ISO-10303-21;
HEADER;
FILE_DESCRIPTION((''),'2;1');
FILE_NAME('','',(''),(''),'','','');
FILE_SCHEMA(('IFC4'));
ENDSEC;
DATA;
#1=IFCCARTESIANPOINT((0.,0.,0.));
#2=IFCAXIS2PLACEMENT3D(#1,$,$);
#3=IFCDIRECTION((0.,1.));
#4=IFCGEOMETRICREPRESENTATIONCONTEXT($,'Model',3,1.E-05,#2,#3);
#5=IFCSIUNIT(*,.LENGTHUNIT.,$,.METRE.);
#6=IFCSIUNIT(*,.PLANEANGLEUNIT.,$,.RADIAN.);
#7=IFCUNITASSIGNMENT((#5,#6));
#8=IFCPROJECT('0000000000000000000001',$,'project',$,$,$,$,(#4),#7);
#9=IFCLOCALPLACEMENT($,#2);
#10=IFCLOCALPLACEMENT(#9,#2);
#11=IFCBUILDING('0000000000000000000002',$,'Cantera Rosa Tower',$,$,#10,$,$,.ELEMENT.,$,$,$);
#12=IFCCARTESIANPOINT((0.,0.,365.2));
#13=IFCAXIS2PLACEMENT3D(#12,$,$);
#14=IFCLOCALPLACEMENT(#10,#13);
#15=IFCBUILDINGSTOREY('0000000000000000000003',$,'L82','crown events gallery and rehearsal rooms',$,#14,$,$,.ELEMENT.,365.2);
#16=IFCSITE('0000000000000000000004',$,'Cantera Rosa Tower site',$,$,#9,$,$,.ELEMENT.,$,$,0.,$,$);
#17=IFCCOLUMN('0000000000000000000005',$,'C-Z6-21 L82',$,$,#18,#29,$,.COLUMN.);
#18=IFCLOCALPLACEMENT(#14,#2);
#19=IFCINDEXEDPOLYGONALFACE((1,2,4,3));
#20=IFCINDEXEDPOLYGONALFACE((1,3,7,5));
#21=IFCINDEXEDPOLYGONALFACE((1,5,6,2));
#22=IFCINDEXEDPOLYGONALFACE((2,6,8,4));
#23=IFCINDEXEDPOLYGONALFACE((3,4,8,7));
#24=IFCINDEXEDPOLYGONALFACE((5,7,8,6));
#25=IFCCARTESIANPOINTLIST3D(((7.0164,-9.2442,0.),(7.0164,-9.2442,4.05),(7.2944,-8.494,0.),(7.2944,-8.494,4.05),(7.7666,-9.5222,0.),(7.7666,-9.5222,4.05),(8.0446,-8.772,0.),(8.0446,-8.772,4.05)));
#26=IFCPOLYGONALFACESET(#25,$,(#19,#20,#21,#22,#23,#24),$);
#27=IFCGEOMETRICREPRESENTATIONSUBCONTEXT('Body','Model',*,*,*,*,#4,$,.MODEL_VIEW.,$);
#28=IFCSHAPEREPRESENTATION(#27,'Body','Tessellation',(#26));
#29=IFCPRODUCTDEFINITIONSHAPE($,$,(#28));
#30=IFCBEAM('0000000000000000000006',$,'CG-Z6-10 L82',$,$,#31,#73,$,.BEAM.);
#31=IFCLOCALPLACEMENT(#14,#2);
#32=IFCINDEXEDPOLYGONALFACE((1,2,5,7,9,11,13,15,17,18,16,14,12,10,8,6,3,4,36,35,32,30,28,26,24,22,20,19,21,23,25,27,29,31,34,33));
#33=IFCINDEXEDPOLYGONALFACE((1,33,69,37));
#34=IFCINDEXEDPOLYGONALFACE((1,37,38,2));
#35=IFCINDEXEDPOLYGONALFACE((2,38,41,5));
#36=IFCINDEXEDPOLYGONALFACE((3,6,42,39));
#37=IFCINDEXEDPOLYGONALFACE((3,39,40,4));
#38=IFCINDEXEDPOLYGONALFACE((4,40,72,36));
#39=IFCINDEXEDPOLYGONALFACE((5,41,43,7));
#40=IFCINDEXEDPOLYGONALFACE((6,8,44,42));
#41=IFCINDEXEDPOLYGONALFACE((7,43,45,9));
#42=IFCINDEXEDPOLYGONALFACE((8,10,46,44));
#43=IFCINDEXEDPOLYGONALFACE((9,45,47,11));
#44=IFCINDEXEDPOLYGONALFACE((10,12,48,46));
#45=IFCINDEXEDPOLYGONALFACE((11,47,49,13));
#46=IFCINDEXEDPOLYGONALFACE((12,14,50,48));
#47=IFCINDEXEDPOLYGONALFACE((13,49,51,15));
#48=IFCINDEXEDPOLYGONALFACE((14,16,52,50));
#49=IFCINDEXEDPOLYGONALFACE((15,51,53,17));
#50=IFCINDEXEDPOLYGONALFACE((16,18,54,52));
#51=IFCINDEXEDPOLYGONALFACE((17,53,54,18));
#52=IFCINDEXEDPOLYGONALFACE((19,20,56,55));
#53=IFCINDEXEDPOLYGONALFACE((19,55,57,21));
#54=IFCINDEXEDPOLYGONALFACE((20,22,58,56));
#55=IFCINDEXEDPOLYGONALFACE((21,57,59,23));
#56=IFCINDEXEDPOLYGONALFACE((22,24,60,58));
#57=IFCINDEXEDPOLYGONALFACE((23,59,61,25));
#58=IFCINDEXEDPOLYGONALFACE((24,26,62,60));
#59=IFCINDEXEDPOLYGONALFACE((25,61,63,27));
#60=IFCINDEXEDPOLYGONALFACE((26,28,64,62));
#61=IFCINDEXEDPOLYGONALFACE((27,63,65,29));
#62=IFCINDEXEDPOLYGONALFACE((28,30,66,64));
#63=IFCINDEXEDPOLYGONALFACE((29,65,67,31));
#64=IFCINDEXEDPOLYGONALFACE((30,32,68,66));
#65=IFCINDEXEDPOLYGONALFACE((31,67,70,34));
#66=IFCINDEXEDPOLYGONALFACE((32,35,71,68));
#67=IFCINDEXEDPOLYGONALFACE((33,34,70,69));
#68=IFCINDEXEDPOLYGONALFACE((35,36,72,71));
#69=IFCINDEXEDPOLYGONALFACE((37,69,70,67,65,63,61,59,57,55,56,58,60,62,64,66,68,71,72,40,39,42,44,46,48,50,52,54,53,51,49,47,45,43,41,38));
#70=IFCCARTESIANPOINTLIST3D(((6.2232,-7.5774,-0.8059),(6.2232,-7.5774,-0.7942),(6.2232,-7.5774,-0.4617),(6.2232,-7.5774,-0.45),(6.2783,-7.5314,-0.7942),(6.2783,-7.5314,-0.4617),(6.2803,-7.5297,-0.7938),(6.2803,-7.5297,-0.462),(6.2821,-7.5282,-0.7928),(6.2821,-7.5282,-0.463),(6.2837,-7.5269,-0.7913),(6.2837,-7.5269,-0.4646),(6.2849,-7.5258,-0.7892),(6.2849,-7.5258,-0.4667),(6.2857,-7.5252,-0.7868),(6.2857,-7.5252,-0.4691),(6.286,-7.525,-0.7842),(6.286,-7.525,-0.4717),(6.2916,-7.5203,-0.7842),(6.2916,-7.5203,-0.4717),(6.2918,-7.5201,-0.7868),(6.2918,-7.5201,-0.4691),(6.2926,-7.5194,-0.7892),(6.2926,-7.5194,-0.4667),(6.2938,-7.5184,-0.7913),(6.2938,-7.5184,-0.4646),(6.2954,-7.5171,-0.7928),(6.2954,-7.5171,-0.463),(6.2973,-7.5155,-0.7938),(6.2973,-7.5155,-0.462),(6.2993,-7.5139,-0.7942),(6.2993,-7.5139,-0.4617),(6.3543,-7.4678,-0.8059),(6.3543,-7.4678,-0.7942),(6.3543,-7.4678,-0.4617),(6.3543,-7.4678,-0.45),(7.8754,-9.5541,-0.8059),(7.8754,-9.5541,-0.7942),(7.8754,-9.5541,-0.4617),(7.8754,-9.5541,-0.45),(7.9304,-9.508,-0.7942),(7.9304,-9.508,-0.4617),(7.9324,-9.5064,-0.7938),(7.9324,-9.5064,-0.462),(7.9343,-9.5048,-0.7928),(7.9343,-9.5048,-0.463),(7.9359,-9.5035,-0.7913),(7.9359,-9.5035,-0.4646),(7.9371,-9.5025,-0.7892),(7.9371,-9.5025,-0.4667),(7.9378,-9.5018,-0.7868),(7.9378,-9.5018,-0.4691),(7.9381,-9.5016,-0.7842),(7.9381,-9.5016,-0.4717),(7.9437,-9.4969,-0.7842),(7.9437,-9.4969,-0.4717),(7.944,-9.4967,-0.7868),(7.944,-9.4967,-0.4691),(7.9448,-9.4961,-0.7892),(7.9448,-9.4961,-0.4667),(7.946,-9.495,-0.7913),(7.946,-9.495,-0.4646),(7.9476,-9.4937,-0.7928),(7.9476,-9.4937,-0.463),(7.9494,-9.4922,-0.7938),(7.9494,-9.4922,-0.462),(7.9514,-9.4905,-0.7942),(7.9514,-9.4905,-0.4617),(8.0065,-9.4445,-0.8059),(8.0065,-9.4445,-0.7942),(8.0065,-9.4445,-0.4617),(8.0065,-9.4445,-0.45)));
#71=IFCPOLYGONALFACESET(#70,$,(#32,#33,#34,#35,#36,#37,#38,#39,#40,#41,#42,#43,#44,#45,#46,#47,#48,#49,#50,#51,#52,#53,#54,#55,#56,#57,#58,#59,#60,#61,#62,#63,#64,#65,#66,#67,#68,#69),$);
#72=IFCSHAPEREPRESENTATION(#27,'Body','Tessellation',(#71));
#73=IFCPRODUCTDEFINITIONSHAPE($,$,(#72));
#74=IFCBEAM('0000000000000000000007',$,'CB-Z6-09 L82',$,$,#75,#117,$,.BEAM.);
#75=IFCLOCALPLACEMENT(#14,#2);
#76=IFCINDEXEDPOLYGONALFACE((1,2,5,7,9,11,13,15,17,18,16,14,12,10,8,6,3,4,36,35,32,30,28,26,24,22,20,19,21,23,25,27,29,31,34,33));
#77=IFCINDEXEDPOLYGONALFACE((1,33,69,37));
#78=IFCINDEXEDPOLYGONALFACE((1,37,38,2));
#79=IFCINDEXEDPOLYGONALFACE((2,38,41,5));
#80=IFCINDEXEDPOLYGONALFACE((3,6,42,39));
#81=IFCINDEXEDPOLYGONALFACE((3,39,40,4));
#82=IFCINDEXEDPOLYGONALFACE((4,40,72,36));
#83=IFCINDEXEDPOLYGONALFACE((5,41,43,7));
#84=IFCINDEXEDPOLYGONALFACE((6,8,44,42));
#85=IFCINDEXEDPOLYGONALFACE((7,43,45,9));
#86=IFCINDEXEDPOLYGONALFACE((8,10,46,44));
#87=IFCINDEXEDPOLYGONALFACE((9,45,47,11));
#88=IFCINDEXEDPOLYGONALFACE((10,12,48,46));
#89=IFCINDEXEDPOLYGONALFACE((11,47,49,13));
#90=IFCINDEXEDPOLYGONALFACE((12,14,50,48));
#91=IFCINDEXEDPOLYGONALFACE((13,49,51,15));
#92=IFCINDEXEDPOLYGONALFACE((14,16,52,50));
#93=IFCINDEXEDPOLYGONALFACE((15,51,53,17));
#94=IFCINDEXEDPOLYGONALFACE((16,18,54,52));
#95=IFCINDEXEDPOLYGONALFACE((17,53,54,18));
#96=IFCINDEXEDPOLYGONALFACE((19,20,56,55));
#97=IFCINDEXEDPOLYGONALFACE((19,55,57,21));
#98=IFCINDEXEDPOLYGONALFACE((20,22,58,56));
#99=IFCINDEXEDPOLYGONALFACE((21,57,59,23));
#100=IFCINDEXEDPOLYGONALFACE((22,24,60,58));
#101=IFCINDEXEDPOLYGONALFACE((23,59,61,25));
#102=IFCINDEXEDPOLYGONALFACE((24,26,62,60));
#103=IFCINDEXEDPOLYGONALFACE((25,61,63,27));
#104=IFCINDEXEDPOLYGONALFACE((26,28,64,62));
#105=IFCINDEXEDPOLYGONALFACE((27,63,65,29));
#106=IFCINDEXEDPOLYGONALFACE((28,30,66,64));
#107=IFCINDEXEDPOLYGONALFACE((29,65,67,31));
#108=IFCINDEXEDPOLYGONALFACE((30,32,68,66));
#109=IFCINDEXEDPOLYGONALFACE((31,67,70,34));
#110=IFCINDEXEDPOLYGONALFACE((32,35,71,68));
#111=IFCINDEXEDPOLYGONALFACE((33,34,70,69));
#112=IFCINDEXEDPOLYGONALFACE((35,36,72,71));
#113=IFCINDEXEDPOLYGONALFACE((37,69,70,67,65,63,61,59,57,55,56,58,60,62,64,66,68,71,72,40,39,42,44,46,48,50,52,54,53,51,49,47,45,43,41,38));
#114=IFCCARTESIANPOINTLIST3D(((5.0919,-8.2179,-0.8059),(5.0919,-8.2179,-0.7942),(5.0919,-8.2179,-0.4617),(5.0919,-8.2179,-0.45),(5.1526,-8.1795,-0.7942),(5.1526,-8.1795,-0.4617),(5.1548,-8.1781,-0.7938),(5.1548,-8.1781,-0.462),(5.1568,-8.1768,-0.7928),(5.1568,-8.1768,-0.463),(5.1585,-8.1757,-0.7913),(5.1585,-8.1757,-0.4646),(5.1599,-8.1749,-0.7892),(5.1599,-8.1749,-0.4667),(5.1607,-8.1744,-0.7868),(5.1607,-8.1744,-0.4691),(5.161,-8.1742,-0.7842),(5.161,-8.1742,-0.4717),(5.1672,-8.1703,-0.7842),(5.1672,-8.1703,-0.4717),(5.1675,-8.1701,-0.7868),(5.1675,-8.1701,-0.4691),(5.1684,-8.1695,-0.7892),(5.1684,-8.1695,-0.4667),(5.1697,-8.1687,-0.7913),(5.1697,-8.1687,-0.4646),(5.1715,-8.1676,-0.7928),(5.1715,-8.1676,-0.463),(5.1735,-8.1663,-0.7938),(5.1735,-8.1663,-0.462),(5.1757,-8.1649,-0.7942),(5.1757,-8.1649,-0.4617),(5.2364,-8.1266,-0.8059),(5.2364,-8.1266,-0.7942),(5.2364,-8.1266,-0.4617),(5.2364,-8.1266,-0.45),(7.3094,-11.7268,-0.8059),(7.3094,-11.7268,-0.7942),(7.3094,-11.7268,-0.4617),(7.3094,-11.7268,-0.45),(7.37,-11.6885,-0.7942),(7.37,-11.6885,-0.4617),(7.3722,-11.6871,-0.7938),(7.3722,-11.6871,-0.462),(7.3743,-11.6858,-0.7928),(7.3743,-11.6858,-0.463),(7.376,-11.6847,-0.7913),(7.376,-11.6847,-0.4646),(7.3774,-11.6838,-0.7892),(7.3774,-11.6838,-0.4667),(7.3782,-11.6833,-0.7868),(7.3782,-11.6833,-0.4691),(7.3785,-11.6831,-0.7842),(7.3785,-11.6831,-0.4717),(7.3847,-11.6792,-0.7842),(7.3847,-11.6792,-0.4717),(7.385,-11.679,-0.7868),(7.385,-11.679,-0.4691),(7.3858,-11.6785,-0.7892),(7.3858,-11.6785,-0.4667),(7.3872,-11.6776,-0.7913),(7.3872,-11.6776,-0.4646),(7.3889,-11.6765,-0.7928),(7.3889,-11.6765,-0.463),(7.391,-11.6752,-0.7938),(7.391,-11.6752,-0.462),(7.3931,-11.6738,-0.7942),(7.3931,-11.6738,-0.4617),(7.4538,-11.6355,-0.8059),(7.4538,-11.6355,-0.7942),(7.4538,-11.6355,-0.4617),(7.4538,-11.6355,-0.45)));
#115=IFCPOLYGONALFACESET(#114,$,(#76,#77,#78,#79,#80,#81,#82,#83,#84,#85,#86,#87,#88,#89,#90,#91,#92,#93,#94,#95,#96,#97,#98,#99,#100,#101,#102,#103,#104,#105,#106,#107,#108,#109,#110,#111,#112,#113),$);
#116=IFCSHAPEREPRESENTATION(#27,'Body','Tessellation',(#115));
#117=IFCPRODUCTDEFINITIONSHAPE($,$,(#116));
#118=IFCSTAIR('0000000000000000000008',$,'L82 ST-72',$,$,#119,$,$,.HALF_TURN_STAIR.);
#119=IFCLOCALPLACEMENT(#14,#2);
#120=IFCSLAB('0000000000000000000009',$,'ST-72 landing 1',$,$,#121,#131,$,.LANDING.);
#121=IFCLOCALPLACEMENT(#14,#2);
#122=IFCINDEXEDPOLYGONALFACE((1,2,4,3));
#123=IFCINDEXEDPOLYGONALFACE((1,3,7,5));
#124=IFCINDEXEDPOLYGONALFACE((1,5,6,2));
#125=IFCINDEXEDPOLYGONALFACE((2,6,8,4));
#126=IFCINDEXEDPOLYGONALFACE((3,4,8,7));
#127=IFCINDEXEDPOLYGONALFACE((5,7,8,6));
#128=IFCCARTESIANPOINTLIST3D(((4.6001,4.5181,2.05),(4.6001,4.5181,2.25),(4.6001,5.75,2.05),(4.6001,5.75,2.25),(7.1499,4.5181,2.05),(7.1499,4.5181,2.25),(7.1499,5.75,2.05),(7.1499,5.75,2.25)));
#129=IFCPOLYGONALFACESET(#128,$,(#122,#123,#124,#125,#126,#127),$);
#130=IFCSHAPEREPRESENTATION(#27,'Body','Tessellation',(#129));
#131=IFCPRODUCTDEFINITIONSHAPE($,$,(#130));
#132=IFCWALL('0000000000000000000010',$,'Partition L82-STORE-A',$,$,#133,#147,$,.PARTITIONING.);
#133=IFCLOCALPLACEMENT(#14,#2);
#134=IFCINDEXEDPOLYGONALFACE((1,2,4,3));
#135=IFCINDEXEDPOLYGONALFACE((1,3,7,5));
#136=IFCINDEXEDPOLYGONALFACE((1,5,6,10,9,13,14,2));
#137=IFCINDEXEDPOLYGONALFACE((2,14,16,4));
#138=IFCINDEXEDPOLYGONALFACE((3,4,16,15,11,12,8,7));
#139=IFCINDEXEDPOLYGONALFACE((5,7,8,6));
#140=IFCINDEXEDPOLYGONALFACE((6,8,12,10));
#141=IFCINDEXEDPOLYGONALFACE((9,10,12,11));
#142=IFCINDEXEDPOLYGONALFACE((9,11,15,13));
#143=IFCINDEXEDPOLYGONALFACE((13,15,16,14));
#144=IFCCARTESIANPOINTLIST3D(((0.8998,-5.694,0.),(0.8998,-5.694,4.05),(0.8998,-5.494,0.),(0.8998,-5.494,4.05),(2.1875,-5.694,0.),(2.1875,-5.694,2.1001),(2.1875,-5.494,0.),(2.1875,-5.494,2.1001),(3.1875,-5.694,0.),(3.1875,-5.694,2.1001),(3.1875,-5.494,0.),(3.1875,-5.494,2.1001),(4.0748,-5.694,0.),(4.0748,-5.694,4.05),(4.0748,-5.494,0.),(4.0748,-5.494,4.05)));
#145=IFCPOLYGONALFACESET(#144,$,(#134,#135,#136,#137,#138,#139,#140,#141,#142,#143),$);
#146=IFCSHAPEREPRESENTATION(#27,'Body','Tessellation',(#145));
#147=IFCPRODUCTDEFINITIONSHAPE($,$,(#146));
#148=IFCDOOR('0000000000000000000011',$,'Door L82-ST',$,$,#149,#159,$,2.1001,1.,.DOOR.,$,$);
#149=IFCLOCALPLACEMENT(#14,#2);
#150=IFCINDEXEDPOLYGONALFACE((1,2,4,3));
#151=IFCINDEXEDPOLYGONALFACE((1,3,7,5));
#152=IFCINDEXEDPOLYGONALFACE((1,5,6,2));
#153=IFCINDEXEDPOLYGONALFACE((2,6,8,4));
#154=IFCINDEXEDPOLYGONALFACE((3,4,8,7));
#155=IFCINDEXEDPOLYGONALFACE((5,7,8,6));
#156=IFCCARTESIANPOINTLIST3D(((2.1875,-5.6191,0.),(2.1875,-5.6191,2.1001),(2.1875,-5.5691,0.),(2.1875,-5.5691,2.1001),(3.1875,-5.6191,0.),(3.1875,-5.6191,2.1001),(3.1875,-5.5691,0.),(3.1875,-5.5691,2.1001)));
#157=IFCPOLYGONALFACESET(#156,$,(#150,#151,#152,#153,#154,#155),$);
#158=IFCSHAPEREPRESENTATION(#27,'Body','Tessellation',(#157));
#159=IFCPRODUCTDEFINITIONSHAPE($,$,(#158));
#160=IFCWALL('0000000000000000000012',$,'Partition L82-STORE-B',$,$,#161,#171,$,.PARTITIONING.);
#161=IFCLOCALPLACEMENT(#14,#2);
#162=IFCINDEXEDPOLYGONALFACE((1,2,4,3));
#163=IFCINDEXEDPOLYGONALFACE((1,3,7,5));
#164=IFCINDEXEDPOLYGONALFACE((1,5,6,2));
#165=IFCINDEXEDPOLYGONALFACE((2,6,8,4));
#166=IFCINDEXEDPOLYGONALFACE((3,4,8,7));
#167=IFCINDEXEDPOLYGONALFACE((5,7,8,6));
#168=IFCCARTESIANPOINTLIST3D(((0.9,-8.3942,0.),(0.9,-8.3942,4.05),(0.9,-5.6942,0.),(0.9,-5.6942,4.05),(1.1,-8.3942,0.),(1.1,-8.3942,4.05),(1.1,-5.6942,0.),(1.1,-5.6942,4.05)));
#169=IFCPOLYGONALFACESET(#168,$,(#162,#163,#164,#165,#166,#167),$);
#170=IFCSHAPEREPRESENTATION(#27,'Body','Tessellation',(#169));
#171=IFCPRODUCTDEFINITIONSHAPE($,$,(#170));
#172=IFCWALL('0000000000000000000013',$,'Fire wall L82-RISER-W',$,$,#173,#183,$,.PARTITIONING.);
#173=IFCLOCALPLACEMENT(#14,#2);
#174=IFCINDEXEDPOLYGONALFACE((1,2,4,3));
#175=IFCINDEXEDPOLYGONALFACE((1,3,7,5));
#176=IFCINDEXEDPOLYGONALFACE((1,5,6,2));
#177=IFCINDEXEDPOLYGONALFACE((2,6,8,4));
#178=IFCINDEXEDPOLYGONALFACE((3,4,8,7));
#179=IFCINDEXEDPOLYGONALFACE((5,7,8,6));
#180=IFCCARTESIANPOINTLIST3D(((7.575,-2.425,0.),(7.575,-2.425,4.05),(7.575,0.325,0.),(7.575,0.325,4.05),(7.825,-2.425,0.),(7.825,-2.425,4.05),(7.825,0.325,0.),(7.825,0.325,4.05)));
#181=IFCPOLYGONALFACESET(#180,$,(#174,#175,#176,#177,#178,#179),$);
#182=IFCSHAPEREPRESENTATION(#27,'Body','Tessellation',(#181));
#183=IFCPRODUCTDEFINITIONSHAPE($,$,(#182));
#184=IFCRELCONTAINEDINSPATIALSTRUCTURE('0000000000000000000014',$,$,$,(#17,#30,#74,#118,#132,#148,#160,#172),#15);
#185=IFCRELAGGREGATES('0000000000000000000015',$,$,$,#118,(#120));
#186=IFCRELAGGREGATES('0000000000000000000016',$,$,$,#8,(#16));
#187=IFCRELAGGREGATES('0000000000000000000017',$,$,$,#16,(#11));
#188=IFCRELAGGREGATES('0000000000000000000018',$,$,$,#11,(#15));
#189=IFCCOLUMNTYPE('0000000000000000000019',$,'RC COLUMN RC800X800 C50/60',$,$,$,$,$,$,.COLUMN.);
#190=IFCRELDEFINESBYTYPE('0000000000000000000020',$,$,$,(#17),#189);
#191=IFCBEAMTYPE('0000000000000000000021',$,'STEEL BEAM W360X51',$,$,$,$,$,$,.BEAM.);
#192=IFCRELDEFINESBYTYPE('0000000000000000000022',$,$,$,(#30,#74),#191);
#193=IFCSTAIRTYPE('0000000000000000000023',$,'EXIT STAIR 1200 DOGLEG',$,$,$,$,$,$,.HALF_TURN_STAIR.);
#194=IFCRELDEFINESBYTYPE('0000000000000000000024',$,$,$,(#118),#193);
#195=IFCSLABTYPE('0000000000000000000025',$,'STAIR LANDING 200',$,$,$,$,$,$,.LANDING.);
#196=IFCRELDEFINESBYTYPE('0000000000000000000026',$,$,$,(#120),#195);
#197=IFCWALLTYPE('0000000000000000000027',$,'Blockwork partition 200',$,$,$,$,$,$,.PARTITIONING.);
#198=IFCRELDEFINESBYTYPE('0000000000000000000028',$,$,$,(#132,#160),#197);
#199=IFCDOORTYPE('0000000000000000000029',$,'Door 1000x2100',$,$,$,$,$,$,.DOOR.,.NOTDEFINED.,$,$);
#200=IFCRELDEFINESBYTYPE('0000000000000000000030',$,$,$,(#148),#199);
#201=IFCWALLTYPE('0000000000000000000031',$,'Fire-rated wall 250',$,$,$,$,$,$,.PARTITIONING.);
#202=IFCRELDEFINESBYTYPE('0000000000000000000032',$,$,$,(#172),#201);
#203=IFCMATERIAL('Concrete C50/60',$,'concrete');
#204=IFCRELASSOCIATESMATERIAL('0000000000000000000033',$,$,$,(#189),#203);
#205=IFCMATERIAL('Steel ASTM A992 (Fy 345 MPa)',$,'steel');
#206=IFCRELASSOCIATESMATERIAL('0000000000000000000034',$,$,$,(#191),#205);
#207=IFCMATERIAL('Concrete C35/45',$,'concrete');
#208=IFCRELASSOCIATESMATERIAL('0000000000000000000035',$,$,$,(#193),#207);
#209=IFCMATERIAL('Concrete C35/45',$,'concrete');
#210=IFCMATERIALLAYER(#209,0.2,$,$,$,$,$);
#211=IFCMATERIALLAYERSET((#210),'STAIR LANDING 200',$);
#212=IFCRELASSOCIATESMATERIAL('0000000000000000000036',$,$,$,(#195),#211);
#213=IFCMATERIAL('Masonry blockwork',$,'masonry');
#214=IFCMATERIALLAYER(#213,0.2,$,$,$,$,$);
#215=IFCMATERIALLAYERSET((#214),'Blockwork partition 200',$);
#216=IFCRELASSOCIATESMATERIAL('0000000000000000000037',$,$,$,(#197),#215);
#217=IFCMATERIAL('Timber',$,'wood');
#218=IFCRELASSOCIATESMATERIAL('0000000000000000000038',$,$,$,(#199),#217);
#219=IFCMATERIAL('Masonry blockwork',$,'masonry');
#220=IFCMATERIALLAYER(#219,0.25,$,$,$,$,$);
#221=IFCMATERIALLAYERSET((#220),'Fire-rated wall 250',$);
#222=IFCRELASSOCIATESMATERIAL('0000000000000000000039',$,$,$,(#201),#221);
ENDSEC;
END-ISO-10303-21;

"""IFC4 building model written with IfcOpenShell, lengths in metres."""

from ifc_helpers import new_model, si_unit, direction, frame, frame_2d, origin, origin_2d, place, context, subcontext, project, spatial, polyline, rectangle, i_section, outline, extrude, material, layer, layer_set, material_profile, profile_set, type_object, element, fill, aggregate, save


model = new_model("IFC4")

# Units and contexts
model_context = context("Model", 3, precision=1e-05, world=origin(), true_north=direction((0.0, 1.0)))
body_context = subcontext(model_context, "Body", "Model", "MODEL_VIEW")
ifc_project = project(units=[si_unit("LENGTHUNIT", "METRE"), si_unit("PLANEANGLEUNIT", "RADIAN")], contexts=[model_context])

# Site, building, storey
site_placement = place(None, origin())
site = spatial("IfcSite", under=ifc_project, at=site_placement, Name="Cantera Rosa Tower site", CompositionType="ELEMENT", RefElevation=0.0)
building_placement = place(site_placement, origin())
building = spatial("IfcBuilding", under=site, at=building_placement, Name="Cantera Rosa Tower", CompositionType="ELEMENT")
storey_placement = place(building_placement, frame((0.0, 0.0, 365.2)))
storey = spatial("IfcBuildingStorey", under=building, at=storey_placement, Name="L82", Description="crown events gallery and rehearsal rooms", CompositionType="ELEMENT", Elevation=365.2)

# Column
ifc_material_1 = material(Name="Concrete C50/60", Category="concrete")
ifc_material_profile_1 = material_profile(ifc_material_1, rectangle(XDim=0.8, YDim=0.8, at=origin_2d()), Name="RC COLUMN RC800X800 C50/60")
ifc_profile_set_1 = profile_set([ifc_material_profile_1], Name="Concrete C50/60")
column_type = type_object("IfcColumnType", Name="RC COLUMN RC800X800 C50/60", PredefinedType="COLUMN", material=ifc_profile_set_1)
column_placement = place(storey_placement, frame((7.5305, -9.0081, 0.0), z_axis=(0.0, 0.0, 1.0), x_axis=(0.347481, 0.937687, 0.0)))
element("IfcColumn", 1, at=column_placement, inside=storey, type_object=column_type, Name="C-Z6-21 L82", PredefinedType="COLUMN", context=body_context, shape_type="SweptSolid", body=[
    extrude(rectangle(XDim=0.8, YDim=0.8, at=origin_2d()), origin(), (0.0, 0.0, 1.0), 4.05),
])

# Beams
ifc_material_2 = material(Name="Steel ASTM A992 (Fy 345 MPa)", Category="steel")
ifc_material_profile_2 = material_profile(ifc_material_2, i_section(OverallWidth=0.1709, OverallDepth=0.356, WebThickness=0.0073, FlangeThickness=0.0117, FilletRadius=0.01, at=origin_2d()), Name="W360X51")
ifc_profile_set_2 = profile_set([ifc_material_profile_2], Name="Steel ASTM A992 (Fy 345 MPa)")
beam_type = type_object("IfcBeamType", Name="STEEL BEAM W360X51", PredefinedType="BEAM", material=ifc_profile_set_2)
beam_1_placement = place(storey_placement, frame((7.9409, -9.4993, -0.6279), z_axis=(-0.641321, 0.767273, 0.0), x_axis=(-0.767273, -0.641321, 0.0)))
element("IfcBeam", 2, at=beam_1_placement, inside=storey, type_object=beam_type, Name="CG-Z6-10 L82", PredefinedType="BEAM", context=body_context, shape_type="SweptSolid", body=[
    extrude(i_section(OverallWidth=0.1709, OverallDepth=0.356, WebThickness=0.0073, FlangeThickness=0.0117, FilletRadius=0.01, at=origin_2d()), origin(), (0.0, 0.0, 1.0), 2.5762),
])
beam_2_placement = place(storey_placement, frame((7.3816, -11.6812, -0.6279), z_axis=(-0.534216, 0.845348, 0.0), x_axis=(-0.845348, -0.534216, 0.0)))
element("IfcBeam", 3, at=beam_2_placement, inside=storey, type_object=beam_type, Name="CB-Z6-09 L82", PredefinedType="BEAM", context=body_context, shape_type="SweptSolid", body=[
    extrude(i_section(OverallWidth=0.1709, OverallDepth=0.356, WebThickness=0.0073, FlangeThickness=0.0117, FilletRadius=0.01, at=origin_2d()), origin(), (0.0, 0.0, 1.0), 4.1509),
])

# Stair, slab
ifc_material_3 = material(Name="Concrete C35/45", Category="concrete")
stair_type = type_object("IfcStairType", Name="EXIT STAIR 1200 DOGLEG", PredefinedType="HALF_TURN_STAIR", material=ifc_material_3)
stair_placement = place(storey_placement, origin())
stair = element("IfcStair", 4, at=stair_placement, inside=storey, type_object=stair_type, Name="L82 ST-72", PredefinedType="HALF_TURN_STAIR")
ifc_material_4 = material(Name="Concrete C35/45", Category="concrete")
ifc_layer_1 = layer(ifc_material_4, 0.2)
ifc_layer_set_1 = layer_set([ifc_layer_1], Name="STAIR LANDING 200")
slab_type = type_object("IfcSlabType", Name="STAIR LANDING 200", PredefinedType="LANDING", material=ifc_layer_set_1)
slab_placement = place(storey_placement, frame((0.0, 0.0, 2.05)))
slab = element("IfcSlab", 5, at=slab_placement, type_object=slab_type, Name="ST-72 landing 1", PredefinedType="LANDING", context=body_context, shape_type="SweptSolid", body=[
    extrude(outline(polyline([(7.1499, 4.5181), (7.1499, 5.75), (4.6001, 5.75), (4.6001, 4.5181), (7.1499, 4.5181)])), origin(), (0.0, 0.0, 1.0), 0.2),
])
aggregate(stair, [slab])

# Wall, opening, door
ifc_material_5 = material(Name="Masonry blockwork", Category="masonry")
ifc_layer_2 = layer(ifc_material_5, 0.2)
ifc_layer_set_2 = layer_set([ifc_layer_2], Name="Blockwork partition 200")
wall_type_1 = type_object("IfcWallType", Name="Blockwork partition 200", PredefinedType="PARTITIONING", material=ifc_layer_set_2)
wall_1_placement = place(storey_placement, frame((0.8999, -5.594, 0.0), z_axis=(0.0, 0.0, 1.0), x_axis=(1.0, 0.0, 0.0)))
wall_1 = element("IfcWall", 6, at=wall_1_placement, inside=storey, type_object=wall_type_1, Name="Partition L82-STORE-A", PredefinedType="PARTITIONING", context=body_context, shape_type="SweptSolid", body=[
    extrude(rectangle(XDim=3.175, YDim=0.2, at=frame_2d((1.5874, 0.0))), origin(), (0.0, 0.0, 1.0), 4.05),
])
opening_1_placement = place(wall_1_placement, frame((1.2876, 0.0, 0.0)))
opening_1 = element("IfcOpeningElement", 7, at=opening_1_placement, cuts=wall_1, PredefinedType="OPENING", context=body_context, shape_type="SweptSolid", body=[
    extrude(rectangle(XDim=1.0, YDim=2.1001, at=frame_2d((0.5, 1.05))), frame((0.0, 0.1099, 0.0), z_axis=(0.0, -1.0, 0.0), x_axis=(1.0, 0.0, 0.0)), (0.0, 0.0, 1.0), 0.22),
])
ifc_material_6 = material(Name="Timber", Category="wood")
door_type_1 = type_object("IfcDoorType", Name="Door 1000x2100", OperationType="NOTDEFINED", PredefinedType="DOOR", material=ifc_material_6)
door_1_placement = place(opening_1_placement, origin())
door_1 = element("IfcDoor", 8, at=door_1_placement, inside=storey, type_object=door_type_1, Name="Door L82-ST", OverallHeight=2.1001, OverallWidth=1.0, PredefinedType="DOOR", context=body_context, shape_type="SweptSolid", body=[
    extrude(rectangle(XDim=1.0, YDim=2.1001, at=frame_2d((0.5, 1.05))), frame((0.0, 0.0249, 0.0), z_axis=(0.0, -1.0, 0.0), x_axis=(1.0, 0.0, 0.0)), (0.0, 0.0, 1.0), 0.05),
])
fill(opening_1, door_1)

# Walls
wall_2_placement = place(storey_placement, frame((1.0, -5.6941, 0.0), z_axis=(0.0, 0.0, 1.0), x_axis=(0.0, -1.0, 0.0)))
element("IfcWall", 9, at=wall_2_placement, inside=storey, type_object=wall_type_1, Name="Partition L82-STORE-B", PredefinedType="PARTITIONING", context=body_context, shape_type="SweptSolid", body=[
    extrude(rectangle(XDim=2.7, YDim=0.2, at=frame_2d((1.3501, 0.0))), origin(), (0.0, 0.0, 1.0), 4.05),
])
ifc_material_7 = material(Name="Masonry blockwork", Category="masonry")
ifc_layer_3 = layer(ifc_material_7, 0.25)
ifc_layer_set_3 = layer_set([ifc_layer_3], Name="Fire-rated wall 250")
wall_type_2 = type_object("IfcWallType", Name="Fire-rated wall 250", PredefinedType="PARTITIONING", material=ifc_layer_set_3)
wall_3_placement = place(storey_placement, frame((7.7, -2.425, 0.0), z_axis=(0.0, 0.0, 1.0), x_axis=(0.0, 1.0, 0.0)))
element("IfcWall", 10, at=wall_3_placement, inside=storey, type_object=wall_type_2, Name="Fire wall L82-RISER-W", PredefinedType="PARTITIONING", context=body_context, shape_type="SweptSolid", body=[
    extrude(rectangle(XDim=2.75, YDim=0.25, at=frame_2d((1.375, 0.0))), origin(), (0.0, 0.0, 1.0), 4.05),
])

save(model, "model.ifc")
